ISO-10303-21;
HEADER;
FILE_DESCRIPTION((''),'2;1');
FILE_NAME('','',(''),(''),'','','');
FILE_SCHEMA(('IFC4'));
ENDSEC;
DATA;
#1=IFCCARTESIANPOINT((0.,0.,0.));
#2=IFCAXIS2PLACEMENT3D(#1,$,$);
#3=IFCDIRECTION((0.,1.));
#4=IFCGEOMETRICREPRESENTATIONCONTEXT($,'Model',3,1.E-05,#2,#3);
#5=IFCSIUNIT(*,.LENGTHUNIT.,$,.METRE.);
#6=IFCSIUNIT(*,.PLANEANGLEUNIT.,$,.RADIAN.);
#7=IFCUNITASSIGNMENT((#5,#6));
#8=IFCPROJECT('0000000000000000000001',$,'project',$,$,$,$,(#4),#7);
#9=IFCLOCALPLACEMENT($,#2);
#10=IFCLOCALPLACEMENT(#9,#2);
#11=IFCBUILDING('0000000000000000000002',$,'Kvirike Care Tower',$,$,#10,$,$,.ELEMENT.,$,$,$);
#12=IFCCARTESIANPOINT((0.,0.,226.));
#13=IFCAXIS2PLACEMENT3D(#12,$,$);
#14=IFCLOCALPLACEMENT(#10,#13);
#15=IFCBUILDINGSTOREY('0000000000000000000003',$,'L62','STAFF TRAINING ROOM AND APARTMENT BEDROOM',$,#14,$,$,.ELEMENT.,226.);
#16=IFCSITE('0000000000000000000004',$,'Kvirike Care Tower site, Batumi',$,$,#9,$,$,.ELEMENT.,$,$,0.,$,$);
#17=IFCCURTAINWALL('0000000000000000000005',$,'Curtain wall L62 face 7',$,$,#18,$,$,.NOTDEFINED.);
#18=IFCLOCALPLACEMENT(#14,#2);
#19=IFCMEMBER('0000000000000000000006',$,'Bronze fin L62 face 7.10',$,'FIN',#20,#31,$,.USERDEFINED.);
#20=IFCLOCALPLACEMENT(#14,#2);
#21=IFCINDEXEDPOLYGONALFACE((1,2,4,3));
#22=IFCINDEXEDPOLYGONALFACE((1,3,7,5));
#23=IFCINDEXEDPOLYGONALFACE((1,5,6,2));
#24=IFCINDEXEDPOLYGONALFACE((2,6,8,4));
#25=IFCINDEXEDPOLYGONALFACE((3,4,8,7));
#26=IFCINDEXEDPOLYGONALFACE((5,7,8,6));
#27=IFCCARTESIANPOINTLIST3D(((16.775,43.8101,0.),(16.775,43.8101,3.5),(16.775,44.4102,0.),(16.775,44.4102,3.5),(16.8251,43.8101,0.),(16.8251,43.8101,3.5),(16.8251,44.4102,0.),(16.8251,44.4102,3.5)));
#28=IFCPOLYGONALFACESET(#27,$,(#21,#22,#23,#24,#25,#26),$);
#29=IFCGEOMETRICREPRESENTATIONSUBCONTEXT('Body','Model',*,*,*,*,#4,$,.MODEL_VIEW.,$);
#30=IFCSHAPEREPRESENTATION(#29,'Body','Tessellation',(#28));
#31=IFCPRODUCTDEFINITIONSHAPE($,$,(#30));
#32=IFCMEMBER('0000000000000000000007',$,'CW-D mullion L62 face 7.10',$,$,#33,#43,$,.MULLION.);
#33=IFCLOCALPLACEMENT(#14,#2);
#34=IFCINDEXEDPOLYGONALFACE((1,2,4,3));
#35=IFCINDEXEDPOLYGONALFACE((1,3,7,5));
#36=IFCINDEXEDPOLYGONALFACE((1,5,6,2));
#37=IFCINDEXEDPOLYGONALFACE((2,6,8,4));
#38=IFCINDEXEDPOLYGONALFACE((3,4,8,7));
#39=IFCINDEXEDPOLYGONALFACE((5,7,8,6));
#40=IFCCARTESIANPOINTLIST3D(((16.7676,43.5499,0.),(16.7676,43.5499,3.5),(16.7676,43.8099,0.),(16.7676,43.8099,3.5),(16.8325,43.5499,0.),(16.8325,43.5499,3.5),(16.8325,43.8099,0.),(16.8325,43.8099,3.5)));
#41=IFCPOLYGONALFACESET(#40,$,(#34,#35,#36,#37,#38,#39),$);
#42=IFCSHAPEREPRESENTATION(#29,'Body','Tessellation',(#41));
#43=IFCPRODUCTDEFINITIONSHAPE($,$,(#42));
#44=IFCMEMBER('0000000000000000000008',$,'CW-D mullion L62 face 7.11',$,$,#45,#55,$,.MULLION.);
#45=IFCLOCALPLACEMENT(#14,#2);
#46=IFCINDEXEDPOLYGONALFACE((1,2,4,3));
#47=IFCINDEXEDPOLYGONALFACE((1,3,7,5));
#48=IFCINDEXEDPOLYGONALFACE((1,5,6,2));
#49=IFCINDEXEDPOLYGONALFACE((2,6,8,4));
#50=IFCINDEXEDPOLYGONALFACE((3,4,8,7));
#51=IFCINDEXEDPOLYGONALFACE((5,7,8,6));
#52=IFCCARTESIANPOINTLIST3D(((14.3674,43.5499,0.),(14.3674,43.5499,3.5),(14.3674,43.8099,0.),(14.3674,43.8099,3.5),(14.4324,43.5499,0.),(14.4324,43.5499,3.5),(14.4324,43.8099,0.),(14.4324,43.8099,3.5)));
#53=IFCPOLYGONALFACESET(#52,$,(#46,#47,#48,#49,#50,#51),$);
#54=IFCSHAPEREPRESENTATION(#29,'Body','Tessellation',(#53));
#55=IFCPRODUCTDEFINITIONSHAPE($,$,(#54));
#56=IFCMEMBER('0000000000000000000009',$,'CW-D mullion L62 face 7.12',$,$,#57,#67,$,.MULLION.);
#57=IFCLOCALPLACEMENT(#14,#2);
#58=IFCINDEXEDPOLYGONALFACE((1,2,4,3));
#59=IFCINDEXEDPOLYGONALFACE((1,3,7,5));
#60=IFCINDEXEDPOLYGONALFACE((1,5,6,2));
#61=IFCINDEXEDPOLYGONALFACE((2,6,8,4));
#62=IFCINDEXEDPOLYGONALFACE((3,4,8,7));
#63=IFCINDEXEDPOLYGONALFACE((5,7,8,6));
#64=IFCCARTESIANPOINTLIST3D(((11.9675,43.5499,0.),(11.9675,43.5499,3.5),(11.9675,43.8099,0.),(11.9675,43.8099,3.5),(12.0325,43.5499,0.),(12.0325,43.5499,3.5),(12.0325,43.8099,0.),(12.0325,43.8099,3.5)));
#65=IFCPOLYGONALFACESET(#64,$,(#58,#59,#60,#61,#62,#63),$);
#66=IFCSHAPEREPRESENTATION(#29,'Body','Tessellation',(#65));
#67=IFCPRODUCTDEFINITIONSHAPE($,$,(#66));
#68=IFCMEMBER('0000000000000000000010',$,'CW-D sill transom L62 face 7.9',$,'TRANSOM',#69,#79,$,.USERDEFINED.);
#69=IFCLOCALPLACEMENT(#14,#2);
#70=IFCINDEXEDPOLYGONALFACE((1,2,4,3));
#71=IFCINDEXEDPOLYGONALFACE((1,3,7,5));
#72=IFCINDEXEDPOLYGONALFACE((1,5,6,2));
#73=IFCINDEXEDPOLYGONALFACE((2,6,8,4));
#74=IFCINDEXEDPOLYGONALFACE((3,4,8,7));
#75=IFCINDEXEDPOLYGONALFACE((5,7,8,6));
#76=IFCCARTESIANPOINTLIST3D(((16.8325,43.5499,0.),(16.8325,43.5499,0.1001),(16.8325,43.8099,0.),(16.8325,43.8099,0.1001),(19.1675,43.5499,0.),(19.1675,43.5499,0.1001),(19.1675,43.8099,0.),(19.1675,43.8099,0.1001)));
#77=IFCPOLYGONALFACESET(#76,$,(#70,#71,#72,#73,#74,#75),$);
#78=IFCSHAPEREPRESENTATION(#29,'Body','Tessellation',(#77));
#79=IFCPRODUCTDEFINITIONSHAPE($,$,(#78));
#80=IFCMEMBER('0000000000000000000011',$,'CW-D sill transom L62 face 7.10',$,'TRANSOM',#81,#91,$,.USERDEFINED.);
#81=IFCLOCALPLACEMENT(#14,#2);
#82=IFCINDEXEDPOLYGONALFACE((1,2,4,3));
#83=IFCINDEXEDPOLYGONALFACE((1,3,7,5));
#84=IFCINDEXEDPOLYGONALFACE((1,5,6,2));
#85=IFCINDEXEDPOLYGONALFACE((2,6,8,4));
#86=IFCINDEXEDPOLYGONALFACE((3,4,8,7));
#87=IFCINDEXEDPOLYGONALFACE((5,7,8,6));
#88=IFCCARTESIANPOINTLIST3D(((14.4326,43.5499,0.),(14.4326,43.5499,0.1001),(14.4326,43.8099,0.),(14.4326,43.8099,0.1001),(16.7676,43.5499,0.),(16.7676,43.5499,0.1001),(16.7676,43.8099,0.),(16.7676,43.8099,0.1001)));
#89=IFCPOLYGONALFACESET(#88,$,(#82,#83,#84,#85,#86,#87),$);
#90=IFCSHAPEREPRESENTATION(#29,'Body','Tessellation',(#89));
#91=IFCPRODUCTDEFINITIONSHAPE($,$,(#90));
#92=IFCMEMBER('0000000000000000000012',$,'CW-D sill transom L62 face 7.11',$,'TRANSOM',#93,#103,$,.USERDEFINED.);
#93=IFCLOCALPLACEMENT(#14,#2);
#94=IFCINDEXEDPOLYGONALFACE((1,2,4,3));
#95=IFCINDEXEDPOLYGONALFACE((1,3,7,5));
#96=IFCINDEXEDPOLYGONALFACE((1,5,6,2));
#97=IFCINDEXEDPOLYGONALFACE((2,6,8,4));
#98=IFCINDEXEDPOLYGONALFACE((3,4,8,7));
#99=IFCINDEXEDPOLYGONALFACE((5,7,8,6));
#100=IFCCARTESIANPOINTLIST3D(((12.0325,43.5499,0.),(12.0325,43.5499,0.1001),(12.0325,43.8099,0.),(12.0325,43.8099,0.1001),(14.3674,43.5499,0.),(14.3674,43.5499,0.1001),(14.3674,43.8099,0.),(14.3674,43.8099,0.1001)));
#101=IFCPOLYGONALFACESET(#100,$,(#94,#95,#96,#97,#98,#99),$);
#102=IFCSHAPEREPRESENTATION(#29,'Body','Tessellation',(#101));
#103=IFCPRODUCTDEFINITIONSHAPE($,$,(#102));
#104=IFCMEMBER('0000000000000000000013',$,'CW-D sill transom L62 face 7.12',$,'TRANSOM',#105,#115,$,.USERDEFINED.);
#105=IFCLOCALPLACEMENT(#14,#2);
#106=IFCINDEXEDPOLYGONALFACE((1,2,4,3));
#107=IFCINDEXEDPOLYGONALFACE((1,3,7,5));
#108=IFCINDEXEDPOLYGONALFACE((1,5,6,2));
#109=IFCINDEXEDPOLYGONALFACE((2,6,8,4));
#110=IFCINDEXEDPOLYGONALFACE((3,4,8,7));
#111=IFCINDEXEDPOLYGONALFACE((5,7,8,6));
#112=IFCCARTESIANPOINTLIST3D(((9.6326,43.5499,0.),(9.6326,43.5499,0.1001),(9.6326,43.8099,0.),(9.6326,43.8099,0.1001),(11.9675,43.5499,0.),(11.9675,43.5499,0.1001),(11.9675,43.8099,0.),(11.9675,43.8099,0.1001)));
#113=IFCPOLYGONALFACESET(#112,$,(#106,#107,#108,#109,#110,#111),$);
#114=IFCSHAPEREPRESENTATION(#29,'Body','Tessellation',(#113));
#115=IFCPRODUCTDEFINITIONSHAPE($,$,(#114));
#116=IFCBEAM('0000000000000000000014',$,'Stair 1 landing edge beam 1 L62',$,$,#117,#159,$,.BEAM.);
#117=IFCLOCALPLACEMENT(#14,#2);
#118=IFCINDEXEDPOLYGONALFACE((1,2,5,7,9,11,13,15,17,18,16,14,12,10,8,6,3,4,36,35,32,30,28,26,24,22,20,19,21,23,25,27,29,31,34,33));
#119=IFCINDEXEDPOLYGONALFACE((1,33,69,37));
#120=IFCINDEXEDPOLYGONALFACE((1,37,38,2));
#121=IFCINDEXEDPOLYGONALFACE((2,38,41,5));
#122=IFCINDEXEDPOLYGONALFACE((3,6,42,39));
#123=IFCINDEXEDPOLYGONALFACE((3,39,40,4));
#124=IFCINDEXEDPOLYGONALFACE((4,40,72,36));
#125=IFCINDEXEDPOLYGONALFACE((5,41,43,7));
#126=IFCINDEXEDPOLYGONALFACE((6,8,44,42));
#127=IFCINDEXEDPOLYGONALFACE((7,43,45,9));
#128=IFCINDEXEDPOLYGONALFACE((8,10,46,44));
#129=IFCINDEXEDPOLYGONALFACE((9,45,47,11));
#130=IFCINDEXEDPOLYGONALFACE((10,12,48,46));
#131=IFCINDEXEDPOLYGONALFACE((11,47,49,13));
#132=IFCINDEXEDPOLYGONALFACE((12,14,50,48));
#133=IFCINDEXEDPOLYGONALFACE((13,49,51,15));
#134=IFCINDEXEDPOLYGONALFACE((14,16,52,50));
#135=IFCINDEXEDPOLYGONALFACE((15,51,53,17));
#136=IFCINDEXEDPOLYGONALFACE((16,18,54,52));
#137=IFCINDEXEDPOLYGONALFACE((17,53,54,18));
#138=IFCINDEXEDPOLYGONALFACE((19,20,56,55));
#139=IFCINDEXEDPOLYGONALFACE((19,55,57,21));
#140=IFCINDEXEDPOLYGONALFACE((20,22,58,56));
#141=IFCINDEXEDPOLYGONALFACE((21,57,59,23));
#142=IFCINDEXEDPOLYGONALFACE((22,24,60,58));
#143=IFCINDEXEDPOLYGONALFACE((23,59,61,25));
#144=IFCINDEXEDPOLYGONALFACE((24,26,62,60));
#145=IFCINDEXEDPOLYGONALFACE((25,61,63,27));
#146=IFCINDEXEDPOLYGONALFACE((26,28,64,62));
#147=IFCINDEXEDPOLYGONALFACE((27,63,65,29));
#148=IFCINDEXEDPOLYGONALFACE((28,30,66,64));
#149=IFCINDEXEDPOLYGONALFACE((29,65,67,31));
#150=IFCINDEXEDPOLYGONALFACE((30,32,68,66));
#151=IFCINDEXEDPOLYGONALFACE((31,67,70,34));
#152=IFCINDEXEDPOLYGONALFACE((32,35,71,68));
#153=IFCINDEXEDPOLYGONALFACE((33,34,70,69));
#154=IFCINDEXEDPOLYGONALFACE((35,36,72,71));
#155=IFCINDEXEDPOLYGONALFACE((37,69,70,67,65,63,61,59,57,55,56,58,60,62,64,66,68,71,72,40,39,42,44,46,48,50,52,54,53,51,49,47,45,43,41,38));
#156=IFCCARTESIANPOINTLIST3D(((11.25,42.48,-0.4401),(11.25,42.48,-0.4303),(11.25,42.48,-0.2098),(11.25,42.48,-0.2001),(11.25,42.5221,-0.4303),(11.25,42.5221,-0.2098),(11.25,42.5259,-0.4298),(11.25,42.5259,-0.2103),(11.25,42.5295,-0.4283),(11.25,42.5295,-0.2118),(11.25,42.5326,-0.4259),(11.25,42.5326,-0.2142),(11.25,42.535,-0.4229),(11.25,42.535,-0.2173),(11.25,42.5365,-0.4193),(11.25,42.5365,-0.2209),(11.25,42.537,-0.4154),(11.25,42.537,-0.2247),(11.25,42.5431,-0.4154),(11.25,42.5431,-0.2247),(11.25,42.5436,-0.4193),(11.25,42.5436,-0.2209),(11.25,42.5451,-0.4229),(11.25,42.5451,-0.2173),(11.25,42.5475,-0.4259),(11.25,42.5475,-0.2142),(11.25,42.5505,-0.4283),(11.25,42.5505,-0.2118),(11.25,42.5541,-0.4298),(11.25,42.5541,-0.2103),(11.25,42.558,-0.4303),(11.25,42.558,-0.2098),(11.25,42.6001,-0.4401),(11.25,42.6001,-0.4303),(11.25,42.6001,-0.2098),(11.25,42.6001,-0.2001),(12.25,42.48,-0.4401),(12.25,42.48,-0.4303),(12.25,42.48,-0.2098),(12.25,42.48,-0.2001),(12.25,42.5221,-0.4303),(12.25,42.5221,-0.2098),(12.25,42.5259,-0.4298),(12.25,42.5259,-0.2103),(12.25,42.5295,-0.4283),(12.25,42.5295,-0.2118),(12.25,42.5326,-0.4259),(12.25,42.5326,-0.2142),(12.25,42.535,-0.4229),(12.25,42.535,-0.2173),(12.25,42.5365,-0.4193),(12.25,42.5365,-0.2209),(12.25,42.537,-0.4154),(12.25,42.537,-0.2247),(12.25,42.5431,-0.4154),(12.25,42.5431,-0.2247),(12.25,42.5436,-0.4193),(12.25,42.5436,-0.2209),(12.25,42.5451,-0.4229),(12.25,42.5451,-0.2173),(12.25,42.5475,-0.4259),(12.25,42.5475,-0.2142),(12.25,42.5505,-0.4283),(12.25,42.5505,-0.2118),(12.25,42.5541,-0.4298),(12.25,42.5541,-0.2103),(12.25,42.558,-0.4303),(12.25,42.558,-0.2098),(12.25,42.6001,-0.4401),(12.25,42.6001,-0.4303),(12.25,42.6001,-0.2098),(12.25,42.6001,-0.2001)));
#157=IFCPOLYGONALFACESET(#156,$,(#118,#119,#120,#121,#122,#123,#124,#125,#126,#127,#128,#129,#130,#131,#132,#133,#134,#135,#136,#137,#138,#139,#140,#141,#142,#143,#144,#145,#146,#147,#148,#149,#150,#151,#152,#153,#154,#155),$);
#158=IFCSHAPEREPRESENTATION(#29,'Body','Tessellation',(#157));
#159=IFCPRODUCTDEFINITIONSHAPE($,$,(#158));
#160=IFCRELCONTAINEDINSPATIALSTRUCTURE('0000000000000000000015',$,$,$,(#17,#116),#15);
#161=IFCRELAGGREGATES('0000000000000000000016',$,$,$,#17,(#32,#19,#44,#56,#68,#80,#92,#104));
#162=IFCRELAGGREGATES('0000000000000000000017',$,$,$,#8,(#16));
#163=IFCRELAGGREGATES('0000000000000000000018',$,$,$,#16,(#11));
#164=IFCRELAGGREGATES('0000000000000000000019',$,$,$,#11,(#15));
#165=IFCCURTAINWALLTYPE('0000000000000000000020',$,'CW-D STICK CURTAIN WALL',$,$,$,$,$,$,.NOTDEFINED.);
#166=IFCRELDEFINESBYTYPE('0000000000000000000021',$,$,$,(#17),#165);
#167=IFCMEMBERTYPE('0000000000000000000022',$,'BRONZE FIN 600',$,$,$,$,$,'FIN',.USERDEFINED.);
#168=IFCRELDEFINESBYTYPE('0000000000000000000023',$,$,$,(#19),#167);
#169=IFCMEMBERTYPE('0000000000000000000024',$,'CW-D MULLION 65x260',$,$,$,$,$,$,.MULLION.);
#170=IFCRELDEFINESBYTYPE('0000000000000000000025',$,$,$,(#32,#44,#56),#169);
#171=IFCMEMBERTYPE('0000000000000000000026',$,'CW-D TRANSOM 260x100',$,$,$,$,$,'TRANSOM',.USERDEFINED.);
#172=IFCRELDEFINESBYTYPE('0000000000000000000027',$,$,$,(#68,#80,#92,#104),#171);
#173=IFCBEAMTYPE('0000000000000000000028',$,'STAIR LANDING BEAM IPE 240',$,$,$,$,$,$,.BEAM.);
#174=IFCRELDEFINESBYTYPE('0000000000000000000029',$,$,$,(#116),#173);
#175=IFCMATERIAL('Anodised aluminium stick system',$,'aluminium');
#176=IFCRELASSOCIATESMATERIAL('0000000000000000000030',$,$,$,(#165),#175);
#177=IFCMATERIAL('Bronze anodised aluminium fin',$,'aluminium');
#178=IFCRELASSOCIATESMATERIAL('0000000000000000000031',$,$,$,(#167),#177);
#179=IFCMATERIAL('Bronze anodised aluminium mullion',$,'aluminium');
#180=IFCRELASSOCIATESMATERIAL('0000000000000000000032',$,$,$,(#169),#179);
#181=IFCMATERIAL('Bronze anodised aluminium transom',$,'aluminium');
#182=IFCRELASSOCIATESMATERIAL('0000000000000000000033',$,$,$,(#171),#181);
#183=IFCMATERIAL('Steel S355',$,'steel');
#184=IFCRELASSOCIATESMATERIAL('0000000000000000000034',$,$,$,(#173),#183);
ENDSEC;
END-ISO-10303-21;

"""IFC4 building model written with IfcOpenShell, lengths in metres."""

from ifc_helpers import new_model, si_unit, direction, frame, origin, origin_2d, place, context, subcontext, project, spatial, rectangle, i_section, extrude, material, material_profile, profile_set, type_object, element, aggregate, save


model = new_model("IFC4")

# Units and contexts
model_context = context("Model", 3, precision=1e-05, world=origin(), true_north=direction((0.0, 1.0)))
body_context = subcontext(model_context, "Body", "Model", "MODEL_VIEW")
ifc_project = project(units=[si_unit("LENGTHUNIT", "METRE"), si_unit("PLANEANGLEUNIT", "RADIAN")], contexts=[model_context])

# Site, building, storey
site_placement = place(None, origin())
site = spatial("IfcSite", under=ifc_project, at=site_placement, Name="Kvirike Care Tower site, Batumi", CompositionType="ELEMENT", RefElevation=0.0)
building_placement = place(site_placement, origin())
building = spatial("IfcBuilding", under=site, at=building_placement, Name="Kvirike Care Tower", CompositionType="ELEMENT")
storey_placement = place(building_placement, frame((0.0, 0.0, 226.0)))
storey = spatial("IfcBuildingStorey", under=building, at=storey_placement, Name="L62", Description="STAFF TRAINING ROOM AND APARTMENT BEDROOM", CompositionType="ELEMENT", Elevation=226.0)

# Curtain wall, members
ifc_material_1 = material(Name="Anodised aluminium stick system", Category="aluminium")
curtain_wall_type = type_object("IfcCurtainWallType", Name="CW-D STICK CURTAIN WALL", PredefinedType="NOTDEFINED", material=ifc_material_1)
curtain_wall_placement = place(storey_placement, origin())
curtain_wall = element("IfcCurtainWall", 1, at=curtain_wall_placement, inside=storey, type_object=curtain_wall_type, Name="Curtain wall L62 face 7", PredefinedType="NOTDEFINED")
ifc_material_2 = material(Name="Bronze anodised aluminium fin", Category="aluminium")
ifc_material_profile_1 = material_profile(ifc_material_2, rectangle(XDim=0.05, YDim=0.6001, at=origin_2d()), Name="BRONZE FIN 600")
ifc_profile_set_1 = profile_set([ifc_material_profile_1], Name="Bronze anodised aluminium fin")
member_type_1 = type_object("IfcMemberType", Name="BRONZE FIN 600", ElementType="FIN", PredefinedType="USERDEFINED", material=ifc_profile_set_1)
member_1_placement = place(storey_placement, frame((16.8, 44.1101, 0.0), z_axis=(0.0, 0.0, 1.0), x_axis=(-1.0, 0.0, 0.0)))
member_1 = element("IfcMember", 2, at=member_1_placement, type_object=member_type_1, Name="Bronze fin L62 face 7.10", ObjectType="FIN", PredefinedType="USERDEFINED", context=body_context, shape_type="SweptSolid", body=[
    extrude(rectangle(XDim=0.05, YDim=0.6001, at=origin_2d()), origin(), (0.0, 0.0, 1.0), 3.5),
])
ifc_material_3 = material(Name="Bronze anodised aluminium mullion", Category="aluminium")
ifc_material_profile_2 = material_profile(ifc_material_3, rectangle(XDim=0.0649, YDim=0.26, at=origin_2d()), Name="CW-D MULLION 65x260")
ifc_profile_set_2 = profile_set([ifc_material_profile_2], Name="Bronze anodised aluminium mullion")
member_type_2 = type_object("IfcMemberType", Name="CW-D MULLION 65x260", PredefinedType="MULLION", material=ifc_profile_set_2)
member_2_placement = place(storey_placement, frame((16.8, 43.6799, 0.0), z_axis=(0.0, 0.0, 1.0), x_axis=(-1.0, 0.0, 0.0)))
member_2 = element("IfcMember", 3, at=member_2_placement, type_object=member_type_2, Name="CW-D mullion L62 face 7.10", PredefinedType="MULLION", context=body_context, shape_type="SweptSolid", body=[
    extrude(rectangle(XDim=0.0649, YDim=0.26, at=origin_2d()), origin(), (0.0, 0.0, 1.0), 3.5),
])
member_3_placement = place(storey_placement, frame((14.3999, 43.6799, 0.0), z_axis=(0.0, 0.0, 1.0), x_axis=(-1.0, 0.0, 0.0)))
member_3 = element("IfcMember", 4, at=member_3_placement, type_object=member_type_2, Name="CW-D mullion L62 face 7.11", PredefinedType="MULLION", context=body_context, shape_type="SweptSolid", body=[
    extrude(rectangle(XDim=0.0649, YDim=0.26, at=origin_2d()), origin(), (0.0, 0.0, 1.0), 3.5),
])
member_4_placement = place(storey_placement, frame((12.0, 43.6799, 0.0), z_axis=(0.0, 0.0, 1.0), x_axis=(-1.0, 0.0, 0.0)))
member_4 = element("IfcMember", 5, at=member_4_placement, type_object=member_type_2, Name="CW-D mullion L62 face 7.12", PredefinedType="MULLION", context=body_context, shape_type="SweptSolid", body=[
    extrude(rectangle(XDim=0.0649, YDim=0.26, at=origin_2d()), origin(), (0.0, 0.0, 1.0), 3.5),
])
ifc_material_4 = material(Name="Bronze anodised aluminium transom", Category="aluminium")
ifc_material_profile_3 = material_profile(ifc_material_4, rectangle(XDim=0.26, YDim=0.1001, at=origin_2d()), Name="CW-D TRANSOM 260x100")
ifc_profile_set_3 = profile_set([ifc_material_profile_3], Name="Bronze anodised aluminium transom")
member_type_3 = type_object("IfcMemberType", Name="CW-D TRANSOM 260x100", ElementType="TRANSOM", PredefinedType="USERDEFINED", material=ifc_profile_set_3)
member_5_placement = place(storey_placement, frame((19.1675, 43.6799, 0.05), z_axis=(-1.0, 0.0, 0.0), x_axis=(0.0, -1.0, 0.0)))
member_5 = element("IfcMember", 6, at=member_5_placement, type_object=member_type_3, Name="CW-D sill transom L62 face 7.9", ObjectType="TRANSOM", PredefinedType="USERDEFINED", context=body_context, shape_type="SweptSolid", body=[
    extrude(rectangle(XDim=0.26, YDim=0.1001, at=origin_2d()), origin(), (0.0, 0.0, 1.0), 2.335),
])
member_6_placement = place(storey_placement, frame((16.7676, 43.6799, 0.05), z_axis=(-1.0, 0.0, 0.0), x_axis=(0.0, -1.0, 0.0)))
member_6 = element("IfcMember", 7, at=member_6_placement, type_object=member_type_3, Name="CW-D sill transom L62 face 7.10", ObjectType="TRANSOM", PredefinedType="USERDEFINED", context=body_context, shape_type="SweptSolid", body=[
    extrude(rectangle(XDim=0.26, YDim=0.1001, at=origin_2d()), origin(), (0.0, 0.0, 1.0), 2.335),
])
member_7_placement = place(storey_placement, frame((14.3674, 43.6799, 0.05), z_axis=(-1.0, 0.0, 0.0), x_axis=(0.0, -1.0, 0.0)))
member_7 = element("IfcMember", 8, at=member_7_placement, type_object=member_type_3, Name="CW-D sill transom L62 face 7.11", ObjectType="TRANSOM", PredefinedType="USERDEFINED", context=body_context, shape_type="SweptSolid", body=[
    extrude(rectangle(XDim=0.26, YDim=0.1001, at=origin_2d()), origin(), (0.0, 0.0, 1.0), 2.335),
])
member_8_placement = place(storey_placement, frame((11.9675, 43.6799, 0.05), z_axis=(-1.0, 0.0, 0.0), x_axis=(0.0, -1.0, 0.0)))
member_8 = element("IfcMember", 9, at=member_8_placement, type_object=member_type_3, Name="CW-D sill transom L62 face 7.12", ObjectType="TRANSOM", PredefinedType="USERDEFINED", context=body_context, shape_type="SweptSolid", body=[
    extrude(rectangle(XDim=0.26, YDim=0.1001, at=origin_2d()), origin(), (0.0, 0.0, 1.0), 2.335),
])

# Beam
ifc_material_5 = material(Name="Steel S355", Category="steel")
ifc_material_profile_4 = material_profile(ifc_material_5, i_section(OverallWidth=0.1201, OverallDepth=0.24, WebThickness=0.0061, FlangeThickness=0.0098, FilletRadius=0.0149, at=origin_2d()), Name="IPE 240")
ifc_profile_set_4 = profile_set([ifc_material_profile_4], Name="Steel S355")
beam_type_1 = type_object("IfcBeamType", Name="STAIR LANDING BEAM IPE 240", PredefinedType="BEAM", material=ifc_profile_set_4)
for number, where, z_axis, x_axis, name in (
    (10, (11.25, 42.54, -0.3201), (1.0, 0.0, 0.0), (0.0, 1.0, 0.0), "Stair 1 landing edge beam 1 L62"),
):
    element("IfcBeam", number, at=place(storey_placement, frame(where, z_axis=z_axis, x_axis=x_axis)), inside=storey, type_object=beam_type_1, Name=name, PredefinedType="BEAM", context=body_context, shape_type="SweptSolid", body=[
        extrude(i_section(OverallWidth=0.1201, OverallDepth=0.24, WebThickness=0.0061, FlangeThickness=0.0098, FilletRadius=0.0149, at=origin_2d()), origin(), (0.0, 0.0, 1.0), 1.0),
    ])

aggregate(curtain_wall, [member_2, member_1, member_3, member_4, member_5, member_6, member_7, member_8])

save(model, "model.ifc")
